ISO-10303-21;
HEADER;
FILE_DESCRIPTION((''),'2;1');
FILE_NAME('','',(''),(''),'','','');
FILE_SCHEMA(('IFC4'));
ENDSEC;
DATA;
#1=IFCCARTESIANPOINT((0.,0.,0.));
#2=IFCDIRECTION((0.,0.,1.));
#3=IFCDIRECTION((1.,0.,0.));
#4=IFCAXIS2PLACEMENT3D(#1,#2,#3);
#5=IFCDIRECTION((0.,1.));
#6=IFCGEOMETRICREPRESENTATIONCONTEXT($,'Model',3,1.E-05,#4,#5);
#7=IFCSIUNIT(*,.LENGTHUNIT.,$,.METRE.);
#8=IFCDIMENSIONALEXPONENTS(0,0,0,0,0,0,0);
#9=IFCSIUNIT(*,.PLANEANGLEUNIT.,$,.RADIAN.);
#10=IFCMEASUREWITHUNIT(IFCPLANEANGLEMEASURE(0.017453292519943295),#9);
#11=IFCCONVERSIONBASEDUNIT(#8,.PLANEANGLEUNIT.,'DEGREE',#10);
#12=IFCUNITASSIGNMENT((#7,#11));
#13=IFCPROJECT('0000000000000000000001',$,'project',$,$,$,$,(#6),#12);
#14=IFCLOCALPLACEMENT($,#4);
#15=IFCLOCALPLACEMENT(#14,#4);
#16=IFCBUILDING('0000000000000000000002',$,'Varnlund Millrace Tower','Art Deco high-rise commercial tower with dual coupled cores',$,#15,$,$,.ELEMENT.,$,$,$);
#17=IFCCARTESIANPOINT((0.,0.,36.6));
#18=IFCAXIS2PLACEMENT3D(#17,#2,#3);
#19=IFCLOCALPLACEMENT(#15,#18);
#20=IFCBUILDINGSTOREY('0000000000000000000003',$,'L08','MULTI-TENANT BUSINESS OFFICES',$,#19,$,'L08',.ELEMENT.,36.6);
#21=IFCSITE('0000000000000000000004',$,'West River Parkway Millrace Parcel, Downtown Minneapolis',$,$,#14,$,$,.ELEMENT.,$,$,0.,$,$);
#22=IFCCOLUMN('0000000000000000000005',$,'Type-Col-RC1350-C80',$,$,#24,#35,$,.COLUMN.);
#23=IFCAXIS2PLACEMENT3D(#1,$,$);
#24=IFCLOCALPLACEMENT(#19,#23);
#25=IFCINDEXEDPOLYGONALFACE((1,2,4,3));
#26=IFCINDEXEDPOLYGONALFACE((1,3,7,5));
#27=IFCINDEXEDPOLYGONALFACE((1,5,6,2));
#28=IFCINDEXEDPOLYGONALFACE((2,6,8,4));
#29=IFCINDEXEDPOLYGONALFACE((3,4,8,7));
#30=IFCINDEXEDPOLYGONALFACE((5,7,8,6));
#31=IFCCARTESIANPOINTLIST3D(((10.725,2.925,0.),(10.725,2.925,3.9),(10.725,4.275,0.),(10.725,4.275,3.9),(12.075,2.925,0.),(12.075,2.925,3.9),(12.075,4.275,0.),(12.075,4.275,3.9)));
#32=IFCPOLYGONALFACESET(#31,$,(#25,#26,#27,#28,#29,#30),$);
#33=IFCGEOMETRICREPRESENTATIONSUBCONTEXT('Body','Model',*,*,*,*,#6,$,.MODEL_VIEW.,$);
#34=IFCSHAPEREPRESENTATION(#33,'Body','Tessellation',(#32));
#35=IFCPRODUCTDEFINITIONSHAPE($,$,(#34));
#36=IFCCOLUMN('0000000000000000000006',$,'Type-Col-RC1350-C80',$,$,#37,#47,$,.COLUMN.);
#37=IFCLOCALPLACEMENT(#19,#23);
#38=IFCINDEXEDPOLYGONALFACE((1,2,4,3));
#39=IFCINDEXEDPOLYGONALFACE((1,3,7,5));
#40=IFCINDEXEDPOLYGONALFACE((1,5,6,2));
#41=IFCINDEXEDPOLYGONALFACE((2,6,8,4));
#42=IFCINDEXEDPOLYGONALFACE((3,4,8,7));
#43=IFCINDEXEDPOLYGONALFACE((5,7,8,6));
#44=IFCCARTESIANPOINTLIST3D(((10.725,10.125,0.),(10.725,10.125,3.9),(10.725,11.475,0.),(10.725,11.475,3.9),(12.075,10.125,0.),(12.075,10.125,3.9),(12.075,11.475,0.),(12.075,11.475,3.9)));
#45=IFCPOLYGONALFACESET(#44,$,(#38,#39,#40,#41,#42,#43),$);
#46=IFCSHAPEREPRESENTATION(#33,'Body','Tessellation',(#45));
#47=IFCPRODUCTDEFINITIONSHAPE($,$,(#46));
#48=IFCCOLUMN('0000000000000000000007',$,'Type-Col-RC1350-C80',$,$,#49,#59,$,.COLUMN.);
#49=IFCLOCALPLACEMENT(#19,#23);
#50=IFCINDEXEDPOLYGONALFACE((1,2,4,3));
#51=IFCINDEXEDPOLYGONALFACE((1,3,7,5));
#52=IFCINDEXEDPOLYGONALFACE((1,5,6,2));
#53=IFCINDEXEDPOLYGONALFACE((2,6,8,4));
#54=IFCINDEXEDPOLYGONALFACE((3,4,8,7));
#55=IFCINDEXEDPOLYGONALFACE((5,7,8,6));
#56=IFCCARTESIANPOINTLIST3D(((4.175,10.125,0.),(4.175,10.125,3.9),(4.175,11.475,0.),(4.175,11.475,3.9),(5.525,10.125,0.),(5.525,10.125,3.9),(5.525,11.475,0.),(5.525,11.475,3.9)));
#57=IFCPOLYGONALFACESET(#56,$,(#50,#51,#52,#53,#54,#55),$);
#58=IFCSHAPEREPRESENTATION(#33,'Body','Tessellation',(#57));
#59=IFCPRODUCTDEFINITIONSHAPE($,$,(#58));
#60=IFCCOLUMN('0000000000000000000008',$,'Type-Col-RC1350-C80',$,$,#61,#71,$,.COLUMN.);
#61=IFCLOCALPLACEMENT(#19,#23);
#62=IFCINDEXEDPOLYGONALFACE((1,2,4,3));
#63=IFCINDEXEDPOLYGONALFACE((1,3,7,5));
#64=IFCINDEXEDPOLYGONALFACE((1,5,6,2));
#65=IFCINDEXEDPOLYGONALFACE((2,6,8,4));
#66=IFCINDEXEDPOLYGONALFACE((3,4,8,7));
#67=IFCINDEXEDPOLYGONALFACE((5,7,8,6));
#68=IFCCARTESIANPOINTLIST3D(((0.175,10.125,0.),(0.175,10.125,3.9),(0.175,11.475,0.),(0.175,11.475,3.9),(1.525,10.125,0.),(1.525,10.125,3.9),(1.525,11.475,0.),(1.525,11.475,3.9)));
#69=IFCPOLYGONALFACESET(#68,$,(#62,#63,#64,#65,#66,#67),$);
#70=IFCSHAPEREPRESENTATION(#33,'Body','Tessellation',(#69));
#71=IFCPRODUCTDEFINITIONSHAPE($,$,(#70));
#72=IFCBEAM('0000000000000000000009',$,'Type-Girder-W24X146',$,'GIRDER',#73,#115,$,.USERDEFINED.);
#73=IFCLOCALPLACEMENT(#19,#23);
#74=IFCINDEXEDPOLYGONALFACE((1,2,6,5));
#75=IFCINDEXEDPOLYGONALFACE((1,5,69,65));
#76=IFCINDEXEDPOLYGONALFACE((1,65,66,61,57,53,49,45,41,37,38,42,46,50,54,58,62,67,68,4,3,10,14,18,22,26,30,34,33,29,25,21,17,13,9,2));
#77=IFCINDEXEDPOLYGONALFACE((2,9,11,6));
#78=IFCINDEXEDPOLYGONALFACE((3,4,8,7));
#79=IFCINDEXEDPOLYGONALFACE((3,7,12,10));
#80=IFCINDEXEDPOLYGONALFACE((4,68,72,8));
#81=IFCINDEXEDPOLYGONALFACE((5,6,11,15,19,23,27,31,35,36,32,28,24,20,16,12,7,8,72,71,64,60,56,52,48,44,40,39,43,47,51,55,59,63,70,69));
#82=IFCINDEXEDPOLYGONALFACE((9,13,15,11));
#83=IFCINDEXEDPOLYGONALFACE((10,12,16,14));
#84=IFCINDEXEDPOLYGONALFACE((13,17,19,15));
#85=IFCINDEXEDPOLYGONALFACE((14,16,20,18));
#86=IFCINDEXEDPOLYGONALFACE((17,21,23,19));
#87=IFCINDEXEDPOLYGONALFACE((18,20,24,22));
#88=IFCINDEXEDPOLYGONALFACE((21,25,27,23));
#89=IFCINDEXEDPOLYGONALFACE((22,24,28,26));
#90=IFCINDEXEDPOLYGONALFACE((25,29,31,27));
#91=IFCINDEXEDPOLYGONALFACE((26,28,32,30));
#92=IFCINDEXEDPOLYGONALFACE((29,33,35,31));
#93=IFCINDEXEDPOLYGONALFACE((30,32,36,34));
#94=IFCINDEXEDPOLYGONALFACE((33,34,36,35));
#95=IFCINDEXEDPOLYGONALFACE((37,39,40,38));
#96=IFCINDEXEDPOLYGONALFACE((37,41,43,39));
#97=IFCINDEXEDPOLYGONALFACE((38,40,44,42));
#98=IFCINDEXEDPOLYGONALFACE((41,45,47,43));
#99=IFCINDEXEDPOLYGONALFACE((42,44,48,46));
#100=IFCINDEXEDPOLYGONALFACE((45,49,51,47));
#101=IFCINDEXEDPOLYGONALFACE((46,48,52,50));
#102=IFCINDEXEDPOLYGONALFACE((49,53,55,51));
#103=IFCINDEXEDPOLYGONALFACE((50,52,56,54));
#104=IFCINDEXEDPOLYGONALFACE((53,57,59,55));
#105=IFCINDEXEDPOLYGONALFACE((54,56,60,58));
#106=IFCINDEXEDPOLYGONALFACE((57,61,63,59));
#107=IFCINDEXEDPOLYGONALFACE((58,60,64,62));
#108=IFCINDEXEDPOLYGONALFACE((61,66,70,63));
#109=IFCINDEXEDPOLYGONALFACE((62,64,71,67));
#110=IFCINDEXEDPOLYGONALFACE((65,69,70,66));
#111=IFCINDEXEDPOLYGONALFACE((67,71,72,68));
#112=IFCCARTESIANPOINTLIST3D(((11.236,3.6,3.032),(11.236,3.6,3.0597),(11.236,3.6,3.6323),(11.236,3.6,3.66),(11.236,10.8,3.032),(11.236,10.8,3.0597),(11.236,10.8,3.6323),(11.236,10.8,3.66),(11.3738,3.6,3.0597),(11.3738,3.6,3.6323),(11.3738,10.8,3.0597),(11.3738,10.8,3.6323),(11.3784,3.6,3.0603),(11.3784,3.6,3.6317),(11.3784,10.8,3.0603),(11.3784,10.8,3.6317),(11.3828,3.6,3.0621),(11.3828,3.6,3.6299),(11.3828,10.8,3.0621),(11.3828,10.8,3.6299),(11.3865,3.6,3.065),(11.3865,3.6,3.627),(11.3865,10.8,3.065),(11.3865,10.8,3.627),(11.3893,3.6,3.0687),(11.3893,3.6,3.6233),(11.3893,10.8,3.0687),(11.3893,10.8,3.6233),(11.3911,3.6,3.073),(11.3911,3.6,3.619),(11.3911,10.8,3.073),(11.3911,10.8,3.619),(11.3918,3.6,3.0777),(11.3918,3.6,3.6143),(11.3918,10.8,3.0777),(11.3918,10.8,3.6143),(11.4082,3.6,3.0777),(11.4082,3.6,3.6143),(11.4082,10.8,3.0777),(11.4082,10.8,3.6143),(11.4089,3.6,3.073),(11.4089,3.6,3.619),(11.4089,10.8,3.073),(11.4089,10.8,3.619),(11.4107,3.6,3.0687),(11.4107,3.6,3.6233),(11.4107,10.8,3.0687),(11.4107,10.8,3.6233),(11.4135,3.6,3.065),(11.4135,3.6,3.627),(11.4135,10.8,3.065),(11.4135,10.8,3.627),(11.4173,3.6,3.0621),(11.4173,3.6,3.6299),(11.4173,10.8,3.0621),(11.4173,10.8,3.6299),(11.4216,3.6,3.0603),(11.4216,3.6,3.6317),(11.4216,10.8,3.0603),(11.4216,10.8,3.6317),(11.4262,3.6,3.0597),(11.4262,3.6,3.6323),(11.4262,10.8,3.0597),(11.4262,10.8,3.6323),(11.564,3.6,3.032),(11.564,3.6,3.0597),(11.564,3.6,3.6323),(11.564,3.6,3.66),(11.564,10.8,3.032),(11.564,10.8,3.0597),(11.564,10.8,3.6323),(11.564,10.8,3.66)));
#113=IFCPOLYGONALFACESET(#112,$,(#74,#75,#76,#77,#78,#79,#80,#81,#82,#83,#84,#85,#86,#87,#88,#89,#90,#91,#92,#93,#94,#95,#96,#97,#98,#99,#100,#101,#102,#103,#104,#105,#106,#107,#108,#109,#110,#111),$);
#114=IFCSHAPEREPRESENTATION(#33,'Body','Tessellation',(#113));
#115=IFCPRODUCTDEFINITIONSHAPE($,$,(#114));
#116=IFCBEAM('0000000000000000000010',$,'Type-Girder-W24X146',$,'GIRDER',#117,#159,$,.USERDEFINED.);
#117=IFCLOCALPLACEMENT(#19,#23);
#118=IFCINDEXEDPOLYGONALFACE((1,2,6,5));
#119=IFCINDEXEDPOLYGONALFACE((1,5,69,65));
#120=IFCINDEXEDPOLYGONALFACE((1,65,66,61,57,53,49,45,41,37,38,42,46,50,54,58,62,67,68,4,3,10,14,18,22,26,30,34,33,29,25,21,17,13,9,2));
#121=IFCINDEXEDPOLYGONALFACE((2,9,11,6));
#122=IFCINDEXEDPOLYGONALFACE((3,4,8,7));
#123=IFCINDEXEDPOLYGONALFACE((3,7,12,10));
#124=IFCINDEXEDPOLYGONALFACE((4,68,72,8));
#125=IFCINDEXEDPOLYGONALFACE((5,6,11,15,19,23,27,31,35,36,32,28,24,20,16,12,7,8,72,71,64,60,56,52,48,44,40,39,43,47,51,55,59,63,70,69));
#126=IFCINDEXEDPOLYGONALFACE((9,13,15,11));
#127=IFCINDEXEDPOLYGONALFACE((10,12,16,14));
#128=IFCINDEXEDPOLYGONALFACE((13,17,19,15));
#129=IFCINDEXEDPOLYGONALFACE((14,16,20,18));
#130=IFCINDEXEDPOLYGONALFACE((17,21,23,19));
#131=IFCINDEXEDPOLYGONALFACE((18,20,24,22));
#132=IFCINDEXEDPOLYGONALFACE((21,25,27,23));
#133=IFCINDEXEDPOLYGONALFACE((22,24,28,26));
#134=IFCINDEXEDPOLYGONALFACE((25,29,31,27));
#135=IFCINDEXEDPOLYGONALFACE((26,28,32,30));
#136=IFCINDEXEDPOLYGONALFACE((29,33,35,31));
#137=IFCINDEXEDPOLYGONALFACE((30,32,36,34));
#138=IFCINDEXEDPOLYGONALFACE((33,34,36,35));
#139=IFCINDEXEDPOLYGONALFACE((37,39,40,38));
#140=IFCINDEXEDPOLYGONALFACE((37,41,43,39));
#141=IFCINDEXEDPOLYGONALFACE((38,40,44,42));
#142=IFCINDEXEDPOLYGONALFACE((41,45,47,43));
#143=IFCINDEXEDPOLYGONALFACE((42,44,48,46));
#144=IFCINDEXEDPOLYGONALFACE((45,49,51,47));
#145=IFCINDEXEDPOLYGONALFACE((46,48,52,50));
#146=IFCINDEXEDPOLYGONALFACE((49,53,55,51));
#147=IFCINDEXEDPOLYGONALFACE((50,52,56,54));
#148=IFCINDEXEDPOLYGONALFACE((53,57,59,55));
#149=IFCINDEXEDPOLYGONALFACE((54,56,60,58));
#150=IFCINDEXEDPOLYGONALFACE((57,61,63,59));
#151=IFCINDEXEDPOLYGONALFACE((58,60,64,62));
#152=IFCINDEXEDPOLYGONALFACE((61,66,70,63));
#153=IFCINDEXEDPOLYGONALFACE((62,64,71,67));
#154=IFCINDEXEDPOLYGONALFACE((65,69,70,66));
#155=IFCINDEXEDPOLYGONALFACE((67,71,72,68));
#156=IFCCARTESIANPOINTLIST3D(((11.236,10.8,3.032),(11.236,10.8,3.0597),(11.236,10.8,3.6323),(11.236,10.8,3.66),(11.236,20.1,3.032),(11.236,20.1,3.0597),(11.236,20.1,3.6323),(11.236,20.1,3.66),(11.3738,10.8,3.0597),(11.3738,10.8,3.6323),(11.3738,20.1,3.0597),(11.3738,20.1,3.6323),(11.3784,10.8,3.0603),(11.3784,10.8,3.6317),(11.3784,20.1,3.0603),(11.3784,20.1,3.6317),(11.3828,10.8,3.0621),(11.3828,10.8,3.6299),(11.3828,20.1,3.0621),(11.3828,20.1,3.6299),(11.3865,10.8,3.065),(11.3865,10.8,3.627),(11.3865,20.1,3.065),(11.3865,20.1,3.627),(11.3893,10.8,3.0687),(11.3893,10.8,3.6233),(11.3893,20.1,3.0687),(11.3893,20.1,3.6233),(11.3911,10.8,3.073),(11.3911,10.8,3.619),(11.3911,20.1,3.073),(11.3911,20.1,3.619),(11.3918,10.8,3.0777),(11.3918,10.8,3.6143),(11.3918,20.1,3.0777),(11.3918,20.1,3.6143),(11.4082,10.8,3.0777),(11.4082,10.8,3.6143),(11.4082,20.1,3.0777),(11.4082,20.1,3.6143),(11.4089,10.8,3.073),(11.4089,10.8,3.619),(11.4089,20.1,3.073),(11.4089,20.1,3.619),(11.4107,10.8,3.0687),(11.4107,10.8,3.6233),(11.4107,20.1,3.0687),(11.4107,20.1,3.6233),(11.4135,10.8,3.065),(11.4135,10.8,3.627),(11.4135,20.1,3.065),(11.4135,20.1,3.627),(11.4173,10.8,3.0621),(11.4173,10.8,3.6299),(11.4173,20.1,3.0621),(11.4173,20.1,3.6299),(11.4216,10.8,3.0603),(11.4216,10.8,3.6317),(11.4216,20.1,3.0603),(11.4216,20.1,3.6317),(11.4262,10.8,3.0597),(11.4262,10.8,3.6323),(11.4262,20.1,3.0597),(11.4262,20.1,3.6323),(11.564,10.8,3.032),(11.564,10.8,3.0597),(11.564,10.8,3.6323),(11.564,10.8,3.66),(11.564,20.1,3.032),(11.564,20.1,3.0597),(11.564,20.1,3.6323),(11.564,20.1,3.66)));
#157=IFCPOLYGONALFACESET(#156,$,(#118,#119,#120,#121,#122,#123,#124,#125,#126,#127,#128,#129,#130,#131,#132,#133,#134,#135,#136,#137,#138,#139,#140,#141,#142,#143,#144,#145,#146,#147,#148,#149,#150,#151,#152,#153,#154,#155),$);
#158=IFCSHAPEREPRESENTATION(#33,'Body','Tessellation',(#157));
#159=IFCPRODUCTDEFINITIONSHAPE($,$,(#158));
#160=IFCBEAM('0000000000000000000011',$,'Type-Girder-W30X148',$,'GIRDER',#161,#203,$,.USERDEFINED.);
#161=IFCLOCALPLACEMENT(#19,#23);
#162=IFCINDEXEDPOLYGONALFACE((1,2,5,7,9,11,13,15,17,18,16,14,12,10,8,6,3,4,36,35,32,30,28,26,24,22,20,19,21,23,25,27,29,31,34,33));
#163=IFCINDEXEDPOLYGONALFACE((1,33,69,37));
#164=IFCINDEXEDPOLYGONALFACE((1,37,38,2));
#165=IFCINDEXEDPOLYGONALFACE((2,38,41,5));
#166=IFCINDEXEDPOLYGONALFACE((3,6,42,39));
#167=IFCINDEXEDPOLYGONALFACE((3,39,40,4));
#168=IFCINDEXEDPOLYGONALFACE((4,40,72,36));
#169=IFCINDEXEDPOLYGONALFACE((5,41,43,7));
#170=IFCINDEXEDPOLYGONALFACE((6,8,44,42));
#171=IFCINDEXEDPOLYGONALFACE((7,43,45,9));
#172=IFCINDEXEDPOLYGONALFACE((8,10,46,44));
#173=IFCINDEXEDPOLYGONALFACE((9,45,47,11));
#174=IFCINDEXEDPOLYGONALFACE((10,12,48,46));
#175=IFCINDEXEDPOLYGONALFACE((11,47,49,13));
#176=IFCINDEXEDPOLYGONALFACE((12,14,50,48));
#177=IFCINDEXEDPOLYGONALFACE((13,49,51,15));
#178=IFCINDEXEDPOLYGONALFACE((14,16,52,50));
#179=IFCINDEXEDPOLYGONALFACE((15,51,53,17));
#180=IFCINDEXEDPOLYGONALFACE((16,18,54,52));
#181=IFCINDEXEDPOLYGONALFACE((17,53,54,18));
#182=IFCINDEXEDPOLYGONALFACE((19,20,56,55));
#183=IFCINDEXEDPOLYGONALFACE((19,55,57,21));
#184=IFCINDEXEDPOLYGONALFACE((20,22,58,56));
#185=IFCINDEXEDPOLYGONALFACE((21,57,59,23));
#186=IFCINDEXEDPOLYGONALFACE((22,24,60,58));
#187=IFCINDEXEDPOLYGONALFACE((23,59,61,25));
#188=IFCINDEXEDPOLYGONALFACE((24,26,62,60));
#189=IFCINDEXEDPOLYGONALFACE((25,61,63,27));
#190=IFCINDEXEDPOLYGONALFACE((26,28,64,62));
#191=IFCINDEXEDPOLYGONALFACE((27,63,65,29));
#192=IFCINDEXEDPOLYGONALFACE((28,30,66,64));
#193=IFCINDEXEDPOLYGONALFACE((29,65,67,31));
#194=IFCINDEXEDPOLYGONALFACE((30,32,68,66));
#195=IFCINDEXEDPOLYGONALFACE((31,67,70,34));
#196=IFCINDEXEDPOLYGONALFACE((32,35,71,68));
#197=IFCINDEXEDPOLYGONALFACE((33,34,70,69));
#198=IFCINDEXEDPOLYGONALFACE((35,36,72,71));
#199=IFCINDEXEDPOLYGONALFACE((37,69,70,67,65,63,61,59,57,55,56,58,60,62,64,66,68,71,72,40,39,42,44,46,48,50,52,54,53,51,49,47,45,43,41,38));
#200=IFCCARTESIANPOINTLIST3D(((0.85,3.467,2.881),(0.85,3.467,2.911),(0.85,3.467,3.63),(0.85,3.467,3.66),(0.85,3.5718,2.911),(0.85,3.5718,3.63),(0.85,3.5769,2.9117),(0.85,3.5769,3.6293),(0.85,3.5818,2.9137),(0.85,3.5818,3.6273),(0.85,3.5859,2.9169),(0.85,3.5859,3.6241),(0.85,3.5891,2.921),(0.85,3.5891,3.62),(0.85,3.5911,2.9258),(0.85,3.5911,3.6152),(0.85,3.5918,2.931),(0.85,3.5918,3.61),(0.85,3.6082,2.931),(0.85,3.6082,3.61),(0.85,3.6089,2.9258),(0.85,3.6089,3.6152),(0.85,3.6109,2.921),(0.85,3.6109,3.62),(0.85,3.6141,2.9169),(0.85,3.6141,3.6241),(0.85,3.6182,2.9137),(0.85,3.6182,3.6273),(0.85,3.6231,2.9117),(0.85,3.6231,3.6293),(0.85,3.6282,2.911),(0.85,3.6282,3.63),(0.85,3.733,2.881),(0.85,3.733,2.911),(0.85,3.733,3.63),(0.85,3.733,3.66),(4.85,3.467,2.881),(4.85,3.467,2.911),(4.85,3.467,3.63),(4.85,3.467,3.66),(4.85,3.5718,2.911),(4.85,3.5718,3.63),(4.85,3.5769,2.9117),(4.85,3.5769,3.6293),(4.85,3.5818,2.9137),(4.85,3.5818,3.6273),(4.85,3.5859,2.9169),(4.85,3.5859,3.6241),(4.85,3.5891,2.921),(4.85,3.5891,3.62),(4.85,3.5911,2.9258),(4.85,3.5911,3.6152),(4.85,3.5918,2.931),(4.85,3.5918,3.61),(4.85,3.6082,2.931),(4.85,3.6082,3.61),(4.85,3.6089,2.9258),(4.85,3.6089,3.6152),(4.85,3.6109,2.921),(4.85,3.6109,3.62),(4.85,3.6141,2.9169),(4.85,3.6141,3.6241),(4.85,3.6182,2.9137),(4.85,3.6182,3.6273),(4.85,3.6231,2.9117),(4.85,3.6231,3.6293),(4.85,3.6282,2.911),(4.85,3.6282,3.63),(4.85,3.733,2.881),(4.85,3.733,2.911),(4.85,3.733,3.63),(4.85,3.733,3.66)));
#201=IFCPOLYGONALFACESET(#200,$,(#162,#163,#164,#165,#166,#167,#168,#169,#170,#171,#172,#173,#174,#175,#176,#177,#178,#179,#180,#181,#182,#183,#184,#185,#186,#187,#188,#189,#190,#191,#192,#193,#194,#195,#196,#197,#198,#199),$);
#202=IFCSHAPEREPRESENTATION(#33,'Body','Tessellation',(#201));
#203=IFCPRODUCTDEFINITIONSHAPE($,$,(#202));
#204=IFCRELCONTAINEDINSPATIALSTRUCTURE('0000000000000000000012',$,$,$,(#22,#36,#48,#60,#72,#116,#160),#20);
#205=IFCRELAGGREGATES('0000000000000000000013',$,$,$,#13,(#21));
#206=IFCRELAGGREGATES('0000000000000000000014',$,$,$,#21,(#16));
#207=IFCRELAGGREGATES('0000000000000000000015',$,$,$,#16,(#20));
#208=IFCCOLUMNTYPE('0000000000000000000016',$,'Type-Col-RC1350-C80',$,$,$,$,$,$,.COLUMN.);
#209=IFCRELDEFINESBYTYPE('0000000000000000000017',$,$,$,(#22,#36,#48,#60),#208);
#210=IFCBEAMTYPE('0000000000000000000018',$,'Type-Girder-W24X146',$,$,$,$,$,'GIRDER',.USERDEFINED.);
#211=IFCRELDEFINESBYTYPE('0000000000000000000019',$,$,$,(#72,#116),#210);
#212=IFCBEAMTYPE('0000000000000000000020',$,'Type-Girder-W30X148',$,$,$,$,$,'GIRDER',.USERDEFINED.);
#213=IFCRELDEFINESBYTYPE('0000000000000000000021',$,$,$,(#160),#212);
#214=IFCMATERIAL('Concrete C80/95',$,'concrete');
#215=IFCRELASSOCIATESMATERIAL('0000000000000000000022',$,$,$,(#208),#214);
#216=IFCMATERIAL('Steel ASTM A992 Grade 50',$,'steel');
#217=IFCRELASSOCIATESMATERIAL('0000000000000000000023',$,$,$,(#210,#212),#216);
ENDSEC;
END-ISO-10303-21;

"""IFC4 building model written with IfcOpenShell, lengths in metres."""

from ifc_helpers import new_model, entity, si_unit, converted_unit, direction, frame, origin_with_axes, origin_2d_with_axis, place, context, subcontext, project, spatial, rectangle, i_section, extrude, material, material_profile, profile_set, type_object, element, save


model = new_model("IFC4")

# Units and contexts
model_context = context("Model", 3, precision=1e-05, world=origin_with_axes(), true_north=direction((0.0, 1.0)))
body_context = subcontext(model_context, "Body", "Model", "MODEL_VIEW")
ifc_project = project(units=[si_unit("LENGTHUNIT", "METRE"), converted_unit("PLANEANGLEUNIT", "DEGREE", entity("IfcPlaneAngleMeasure", 0.017453292519943295), si_unit("PLANEANGLEUNIT", "RADIAN"), dimensions=[0, 0, 0, 0, 0, 0, 0])], contexts=[model_context])

# Site, building, storey
site_placement = place(None, origin_with_axes())
site = spatial("IfcSite", under=ifc_project, at=site_placement, Name="West River Parkway Millrace Parcel, Downtown Minneapolis", CompositionType="ELEMENT", RefElevation=0.0)
building_placement = place(site_placement, origin_with_axes())
building = spatial("IfcBuilding", under=site, at=building_placement, Name="Varnlund Millrace Tower", Description="Art Deco high-rise commercial tower with dual coupled cores", CompositionType="ELEMENT")
storey_placement = place(building_placement, frame((0.0, 0.0, 36.6), z_axis=(0.0, 0.0, 1.0), x_axis=(1.0, 0.0, 0.0)))
storey = spatial("IfcBuildingStorey", under=building, at=storey_placement, Name="L08", Description="MULTI-TENANT BUSINESS OFFICES", LongName="L08", CompositionType="ELEMENT", Elevation=36.6)

# Columns
ifc_material_1 = material(Name="Concrete C80/95", Category="concrete")
ifc_material_profile_1 = material_profile(ifc_material_1, rectangle(XDim=1.35, YDim=1.35, at=origin_2d_with_axis()), Name="Concrete C80/95")
ifc_profile_set_1 = profile_set([ifc_material_profile_1], Name="Concrete C80/95")
column_type = type_object("IfcColumnType", Name="Type-Col-RC1350-C80", PredefinedType="COLUMN", material=ifc_profile_set_1)
for number, where, z_axis, x_axis, name in (
    (1, (11.4, 3.6, 0.0), (0.0, 0.0, 1.0), (1.0, 0.0, 0.0), "Type-Col-RC1350-C80"),
    (2, (11.4, 10.8, 0.0), (0.0, 0.0, 1.0), (1.0, 0.0, 0.0), "Type-Col-RC1350-C80"),
    (3, (4.85, 10.8, 0.0), (0.0, 0.0, 1.0), (1.0, 0.0, 0.0), "Type-Col-RC1350-C80"),
    (4, (0.85, 10.8, 0.0), (0.0, 0.0, 1.0), (1.0, 0.0, 0.0), "Type-Col-RC1350-C80"),
):
    element("IfcColumn", number, at=place(storey_placement, frame(where, z_axis=z_axis, x_axis=x_axis)), inside=storey, type_object=column_type, Name=name, PredefinedType="COLUMN", context=body_context, shape_type="SweptSolid", body=[
        extrude(rectangle(XDim=1.35, YDim=1.35, at=origin_2d_with_axis()), origin_with_axes(), (0.0, 0.0, 1.0), 3.9),
    ])

# Beams
ifc_material_2 = material(Name="Steel ASTM A992 Grade 50", Category="steel")
ifc_material_profile_2 = material_profile(ifc_material_2, i_section(OverallWidth=0.328, OverallDepth=0.628, WebThickness=0.0165, FlangeThickness=0.0277, FilletRadius=0.018, at=origin_2d_with_axis()), Name="Steel ASTM A992 Grade 50")
ifc_profile_set_2 = profile_set([ifc_material_profile_2], Name="Steel ASTM A992 Grade 50")
beam_type_1 = type_object("IfcBeamType", Name="Type-Girder-W24X146", ElementType="GIRDER", PredefinedType="USERDEFINED", material=ifc_profile_set_2)
beam_1_placement = place(storey_placement, frame((11.4, 3.6, 3.346), z_axis=(0.0, 1.0, 0.0), x_axis=(-1.0, 0.0, 0.0)))
element("IfcBeam", 5, at=beam_1_placement, inside=storey, type_object=beam_type_1, Name="Type-Girder-W24X146", ObjectType="GIRDER", PredefinedType="USERDEFINED", context=body_context, shape_type="SweptSolid", body=[
    extrude(i_section(OverallWidth=0.328, OverallDepth=0.628, WebThickness=0.0165, FlangeThickness=0.0277, FilletRadius=0.018, at=origin_2d_with_axis()), origin_with_axes(), (0.0, 0.0, 1.0), 7.2),
])
beam_2_placement = place(storey_placement, frame((11.4, 10.8, 3.346), z_axis=(0.0, 1.0, 0.0), x_axis=(-1.0, 0.0, 0.0)))
element("IfcBeam", 6, at=beam_2_placement, inside=storey, type_object=beam_type_1, Name="Type-Girder-W24X146", ObjectType="GIRDER", PredefinedType="USERDEFINED", context=body_context, shape_type="SweptSolid", body=[
    extrude(i_section(OverallWidth=0.328, OverallDepth=0.628, WebThickness=0.0165, FlangeThickness=0.0277, FilletRadius=0.018, at=origin_2d_with_axis()), origin_with_axes(), (0.0, 0.0, 1.0), 9.3),
])
ifc_material_profile_3 = material_profile(ifc_material_2, i_section(OverallWidth=0.266, OverallDepth=0.779, WebThickness=0.0165, FlangeThickness=0.03, FilletRadius=0.02, at=origin_2d_with_axis()), Name="Steel ASTM A992 Grade 50")
ifc_profile_set_3 = profile_set([ifc_material_profile_3], Name="Steel ASTM A992 Grade 50")
beam_type_2 = type_object("IfcBeamType", Name="Type-Girder-W30X148", ElementType="GIRDER", PredefinedType="USERDEFINED", material=ifc_profile_set_3)
beam_3_placement = place(storey_placement, frame((0.85, 3.6, 3.2705), z_axis=(1.0, 0.0, 0.0), x_axis=(0.0, 1.0, 0.0)))
element("IfcBeam", 7, at=beam_3_placement, inside=storey, type_object=beam_type_2, Name="Type-Girder-W30X148", ObjectType="GIRDER", PredefinedType="USERDEFINED", context=body_context, shape_type="SweptSolid", body=[
    extrude(i_section(OverallWidth=0.266, OverallDepth=0.779, WebThickness=0.0165, FlangeThickness=0.03, FilletRadius=0.02, at=origin_2d_with_axis()), origin_with_axes(), (0.0, 0.0, 1.0), 4.0),
])

save(model, "model.ifc")
